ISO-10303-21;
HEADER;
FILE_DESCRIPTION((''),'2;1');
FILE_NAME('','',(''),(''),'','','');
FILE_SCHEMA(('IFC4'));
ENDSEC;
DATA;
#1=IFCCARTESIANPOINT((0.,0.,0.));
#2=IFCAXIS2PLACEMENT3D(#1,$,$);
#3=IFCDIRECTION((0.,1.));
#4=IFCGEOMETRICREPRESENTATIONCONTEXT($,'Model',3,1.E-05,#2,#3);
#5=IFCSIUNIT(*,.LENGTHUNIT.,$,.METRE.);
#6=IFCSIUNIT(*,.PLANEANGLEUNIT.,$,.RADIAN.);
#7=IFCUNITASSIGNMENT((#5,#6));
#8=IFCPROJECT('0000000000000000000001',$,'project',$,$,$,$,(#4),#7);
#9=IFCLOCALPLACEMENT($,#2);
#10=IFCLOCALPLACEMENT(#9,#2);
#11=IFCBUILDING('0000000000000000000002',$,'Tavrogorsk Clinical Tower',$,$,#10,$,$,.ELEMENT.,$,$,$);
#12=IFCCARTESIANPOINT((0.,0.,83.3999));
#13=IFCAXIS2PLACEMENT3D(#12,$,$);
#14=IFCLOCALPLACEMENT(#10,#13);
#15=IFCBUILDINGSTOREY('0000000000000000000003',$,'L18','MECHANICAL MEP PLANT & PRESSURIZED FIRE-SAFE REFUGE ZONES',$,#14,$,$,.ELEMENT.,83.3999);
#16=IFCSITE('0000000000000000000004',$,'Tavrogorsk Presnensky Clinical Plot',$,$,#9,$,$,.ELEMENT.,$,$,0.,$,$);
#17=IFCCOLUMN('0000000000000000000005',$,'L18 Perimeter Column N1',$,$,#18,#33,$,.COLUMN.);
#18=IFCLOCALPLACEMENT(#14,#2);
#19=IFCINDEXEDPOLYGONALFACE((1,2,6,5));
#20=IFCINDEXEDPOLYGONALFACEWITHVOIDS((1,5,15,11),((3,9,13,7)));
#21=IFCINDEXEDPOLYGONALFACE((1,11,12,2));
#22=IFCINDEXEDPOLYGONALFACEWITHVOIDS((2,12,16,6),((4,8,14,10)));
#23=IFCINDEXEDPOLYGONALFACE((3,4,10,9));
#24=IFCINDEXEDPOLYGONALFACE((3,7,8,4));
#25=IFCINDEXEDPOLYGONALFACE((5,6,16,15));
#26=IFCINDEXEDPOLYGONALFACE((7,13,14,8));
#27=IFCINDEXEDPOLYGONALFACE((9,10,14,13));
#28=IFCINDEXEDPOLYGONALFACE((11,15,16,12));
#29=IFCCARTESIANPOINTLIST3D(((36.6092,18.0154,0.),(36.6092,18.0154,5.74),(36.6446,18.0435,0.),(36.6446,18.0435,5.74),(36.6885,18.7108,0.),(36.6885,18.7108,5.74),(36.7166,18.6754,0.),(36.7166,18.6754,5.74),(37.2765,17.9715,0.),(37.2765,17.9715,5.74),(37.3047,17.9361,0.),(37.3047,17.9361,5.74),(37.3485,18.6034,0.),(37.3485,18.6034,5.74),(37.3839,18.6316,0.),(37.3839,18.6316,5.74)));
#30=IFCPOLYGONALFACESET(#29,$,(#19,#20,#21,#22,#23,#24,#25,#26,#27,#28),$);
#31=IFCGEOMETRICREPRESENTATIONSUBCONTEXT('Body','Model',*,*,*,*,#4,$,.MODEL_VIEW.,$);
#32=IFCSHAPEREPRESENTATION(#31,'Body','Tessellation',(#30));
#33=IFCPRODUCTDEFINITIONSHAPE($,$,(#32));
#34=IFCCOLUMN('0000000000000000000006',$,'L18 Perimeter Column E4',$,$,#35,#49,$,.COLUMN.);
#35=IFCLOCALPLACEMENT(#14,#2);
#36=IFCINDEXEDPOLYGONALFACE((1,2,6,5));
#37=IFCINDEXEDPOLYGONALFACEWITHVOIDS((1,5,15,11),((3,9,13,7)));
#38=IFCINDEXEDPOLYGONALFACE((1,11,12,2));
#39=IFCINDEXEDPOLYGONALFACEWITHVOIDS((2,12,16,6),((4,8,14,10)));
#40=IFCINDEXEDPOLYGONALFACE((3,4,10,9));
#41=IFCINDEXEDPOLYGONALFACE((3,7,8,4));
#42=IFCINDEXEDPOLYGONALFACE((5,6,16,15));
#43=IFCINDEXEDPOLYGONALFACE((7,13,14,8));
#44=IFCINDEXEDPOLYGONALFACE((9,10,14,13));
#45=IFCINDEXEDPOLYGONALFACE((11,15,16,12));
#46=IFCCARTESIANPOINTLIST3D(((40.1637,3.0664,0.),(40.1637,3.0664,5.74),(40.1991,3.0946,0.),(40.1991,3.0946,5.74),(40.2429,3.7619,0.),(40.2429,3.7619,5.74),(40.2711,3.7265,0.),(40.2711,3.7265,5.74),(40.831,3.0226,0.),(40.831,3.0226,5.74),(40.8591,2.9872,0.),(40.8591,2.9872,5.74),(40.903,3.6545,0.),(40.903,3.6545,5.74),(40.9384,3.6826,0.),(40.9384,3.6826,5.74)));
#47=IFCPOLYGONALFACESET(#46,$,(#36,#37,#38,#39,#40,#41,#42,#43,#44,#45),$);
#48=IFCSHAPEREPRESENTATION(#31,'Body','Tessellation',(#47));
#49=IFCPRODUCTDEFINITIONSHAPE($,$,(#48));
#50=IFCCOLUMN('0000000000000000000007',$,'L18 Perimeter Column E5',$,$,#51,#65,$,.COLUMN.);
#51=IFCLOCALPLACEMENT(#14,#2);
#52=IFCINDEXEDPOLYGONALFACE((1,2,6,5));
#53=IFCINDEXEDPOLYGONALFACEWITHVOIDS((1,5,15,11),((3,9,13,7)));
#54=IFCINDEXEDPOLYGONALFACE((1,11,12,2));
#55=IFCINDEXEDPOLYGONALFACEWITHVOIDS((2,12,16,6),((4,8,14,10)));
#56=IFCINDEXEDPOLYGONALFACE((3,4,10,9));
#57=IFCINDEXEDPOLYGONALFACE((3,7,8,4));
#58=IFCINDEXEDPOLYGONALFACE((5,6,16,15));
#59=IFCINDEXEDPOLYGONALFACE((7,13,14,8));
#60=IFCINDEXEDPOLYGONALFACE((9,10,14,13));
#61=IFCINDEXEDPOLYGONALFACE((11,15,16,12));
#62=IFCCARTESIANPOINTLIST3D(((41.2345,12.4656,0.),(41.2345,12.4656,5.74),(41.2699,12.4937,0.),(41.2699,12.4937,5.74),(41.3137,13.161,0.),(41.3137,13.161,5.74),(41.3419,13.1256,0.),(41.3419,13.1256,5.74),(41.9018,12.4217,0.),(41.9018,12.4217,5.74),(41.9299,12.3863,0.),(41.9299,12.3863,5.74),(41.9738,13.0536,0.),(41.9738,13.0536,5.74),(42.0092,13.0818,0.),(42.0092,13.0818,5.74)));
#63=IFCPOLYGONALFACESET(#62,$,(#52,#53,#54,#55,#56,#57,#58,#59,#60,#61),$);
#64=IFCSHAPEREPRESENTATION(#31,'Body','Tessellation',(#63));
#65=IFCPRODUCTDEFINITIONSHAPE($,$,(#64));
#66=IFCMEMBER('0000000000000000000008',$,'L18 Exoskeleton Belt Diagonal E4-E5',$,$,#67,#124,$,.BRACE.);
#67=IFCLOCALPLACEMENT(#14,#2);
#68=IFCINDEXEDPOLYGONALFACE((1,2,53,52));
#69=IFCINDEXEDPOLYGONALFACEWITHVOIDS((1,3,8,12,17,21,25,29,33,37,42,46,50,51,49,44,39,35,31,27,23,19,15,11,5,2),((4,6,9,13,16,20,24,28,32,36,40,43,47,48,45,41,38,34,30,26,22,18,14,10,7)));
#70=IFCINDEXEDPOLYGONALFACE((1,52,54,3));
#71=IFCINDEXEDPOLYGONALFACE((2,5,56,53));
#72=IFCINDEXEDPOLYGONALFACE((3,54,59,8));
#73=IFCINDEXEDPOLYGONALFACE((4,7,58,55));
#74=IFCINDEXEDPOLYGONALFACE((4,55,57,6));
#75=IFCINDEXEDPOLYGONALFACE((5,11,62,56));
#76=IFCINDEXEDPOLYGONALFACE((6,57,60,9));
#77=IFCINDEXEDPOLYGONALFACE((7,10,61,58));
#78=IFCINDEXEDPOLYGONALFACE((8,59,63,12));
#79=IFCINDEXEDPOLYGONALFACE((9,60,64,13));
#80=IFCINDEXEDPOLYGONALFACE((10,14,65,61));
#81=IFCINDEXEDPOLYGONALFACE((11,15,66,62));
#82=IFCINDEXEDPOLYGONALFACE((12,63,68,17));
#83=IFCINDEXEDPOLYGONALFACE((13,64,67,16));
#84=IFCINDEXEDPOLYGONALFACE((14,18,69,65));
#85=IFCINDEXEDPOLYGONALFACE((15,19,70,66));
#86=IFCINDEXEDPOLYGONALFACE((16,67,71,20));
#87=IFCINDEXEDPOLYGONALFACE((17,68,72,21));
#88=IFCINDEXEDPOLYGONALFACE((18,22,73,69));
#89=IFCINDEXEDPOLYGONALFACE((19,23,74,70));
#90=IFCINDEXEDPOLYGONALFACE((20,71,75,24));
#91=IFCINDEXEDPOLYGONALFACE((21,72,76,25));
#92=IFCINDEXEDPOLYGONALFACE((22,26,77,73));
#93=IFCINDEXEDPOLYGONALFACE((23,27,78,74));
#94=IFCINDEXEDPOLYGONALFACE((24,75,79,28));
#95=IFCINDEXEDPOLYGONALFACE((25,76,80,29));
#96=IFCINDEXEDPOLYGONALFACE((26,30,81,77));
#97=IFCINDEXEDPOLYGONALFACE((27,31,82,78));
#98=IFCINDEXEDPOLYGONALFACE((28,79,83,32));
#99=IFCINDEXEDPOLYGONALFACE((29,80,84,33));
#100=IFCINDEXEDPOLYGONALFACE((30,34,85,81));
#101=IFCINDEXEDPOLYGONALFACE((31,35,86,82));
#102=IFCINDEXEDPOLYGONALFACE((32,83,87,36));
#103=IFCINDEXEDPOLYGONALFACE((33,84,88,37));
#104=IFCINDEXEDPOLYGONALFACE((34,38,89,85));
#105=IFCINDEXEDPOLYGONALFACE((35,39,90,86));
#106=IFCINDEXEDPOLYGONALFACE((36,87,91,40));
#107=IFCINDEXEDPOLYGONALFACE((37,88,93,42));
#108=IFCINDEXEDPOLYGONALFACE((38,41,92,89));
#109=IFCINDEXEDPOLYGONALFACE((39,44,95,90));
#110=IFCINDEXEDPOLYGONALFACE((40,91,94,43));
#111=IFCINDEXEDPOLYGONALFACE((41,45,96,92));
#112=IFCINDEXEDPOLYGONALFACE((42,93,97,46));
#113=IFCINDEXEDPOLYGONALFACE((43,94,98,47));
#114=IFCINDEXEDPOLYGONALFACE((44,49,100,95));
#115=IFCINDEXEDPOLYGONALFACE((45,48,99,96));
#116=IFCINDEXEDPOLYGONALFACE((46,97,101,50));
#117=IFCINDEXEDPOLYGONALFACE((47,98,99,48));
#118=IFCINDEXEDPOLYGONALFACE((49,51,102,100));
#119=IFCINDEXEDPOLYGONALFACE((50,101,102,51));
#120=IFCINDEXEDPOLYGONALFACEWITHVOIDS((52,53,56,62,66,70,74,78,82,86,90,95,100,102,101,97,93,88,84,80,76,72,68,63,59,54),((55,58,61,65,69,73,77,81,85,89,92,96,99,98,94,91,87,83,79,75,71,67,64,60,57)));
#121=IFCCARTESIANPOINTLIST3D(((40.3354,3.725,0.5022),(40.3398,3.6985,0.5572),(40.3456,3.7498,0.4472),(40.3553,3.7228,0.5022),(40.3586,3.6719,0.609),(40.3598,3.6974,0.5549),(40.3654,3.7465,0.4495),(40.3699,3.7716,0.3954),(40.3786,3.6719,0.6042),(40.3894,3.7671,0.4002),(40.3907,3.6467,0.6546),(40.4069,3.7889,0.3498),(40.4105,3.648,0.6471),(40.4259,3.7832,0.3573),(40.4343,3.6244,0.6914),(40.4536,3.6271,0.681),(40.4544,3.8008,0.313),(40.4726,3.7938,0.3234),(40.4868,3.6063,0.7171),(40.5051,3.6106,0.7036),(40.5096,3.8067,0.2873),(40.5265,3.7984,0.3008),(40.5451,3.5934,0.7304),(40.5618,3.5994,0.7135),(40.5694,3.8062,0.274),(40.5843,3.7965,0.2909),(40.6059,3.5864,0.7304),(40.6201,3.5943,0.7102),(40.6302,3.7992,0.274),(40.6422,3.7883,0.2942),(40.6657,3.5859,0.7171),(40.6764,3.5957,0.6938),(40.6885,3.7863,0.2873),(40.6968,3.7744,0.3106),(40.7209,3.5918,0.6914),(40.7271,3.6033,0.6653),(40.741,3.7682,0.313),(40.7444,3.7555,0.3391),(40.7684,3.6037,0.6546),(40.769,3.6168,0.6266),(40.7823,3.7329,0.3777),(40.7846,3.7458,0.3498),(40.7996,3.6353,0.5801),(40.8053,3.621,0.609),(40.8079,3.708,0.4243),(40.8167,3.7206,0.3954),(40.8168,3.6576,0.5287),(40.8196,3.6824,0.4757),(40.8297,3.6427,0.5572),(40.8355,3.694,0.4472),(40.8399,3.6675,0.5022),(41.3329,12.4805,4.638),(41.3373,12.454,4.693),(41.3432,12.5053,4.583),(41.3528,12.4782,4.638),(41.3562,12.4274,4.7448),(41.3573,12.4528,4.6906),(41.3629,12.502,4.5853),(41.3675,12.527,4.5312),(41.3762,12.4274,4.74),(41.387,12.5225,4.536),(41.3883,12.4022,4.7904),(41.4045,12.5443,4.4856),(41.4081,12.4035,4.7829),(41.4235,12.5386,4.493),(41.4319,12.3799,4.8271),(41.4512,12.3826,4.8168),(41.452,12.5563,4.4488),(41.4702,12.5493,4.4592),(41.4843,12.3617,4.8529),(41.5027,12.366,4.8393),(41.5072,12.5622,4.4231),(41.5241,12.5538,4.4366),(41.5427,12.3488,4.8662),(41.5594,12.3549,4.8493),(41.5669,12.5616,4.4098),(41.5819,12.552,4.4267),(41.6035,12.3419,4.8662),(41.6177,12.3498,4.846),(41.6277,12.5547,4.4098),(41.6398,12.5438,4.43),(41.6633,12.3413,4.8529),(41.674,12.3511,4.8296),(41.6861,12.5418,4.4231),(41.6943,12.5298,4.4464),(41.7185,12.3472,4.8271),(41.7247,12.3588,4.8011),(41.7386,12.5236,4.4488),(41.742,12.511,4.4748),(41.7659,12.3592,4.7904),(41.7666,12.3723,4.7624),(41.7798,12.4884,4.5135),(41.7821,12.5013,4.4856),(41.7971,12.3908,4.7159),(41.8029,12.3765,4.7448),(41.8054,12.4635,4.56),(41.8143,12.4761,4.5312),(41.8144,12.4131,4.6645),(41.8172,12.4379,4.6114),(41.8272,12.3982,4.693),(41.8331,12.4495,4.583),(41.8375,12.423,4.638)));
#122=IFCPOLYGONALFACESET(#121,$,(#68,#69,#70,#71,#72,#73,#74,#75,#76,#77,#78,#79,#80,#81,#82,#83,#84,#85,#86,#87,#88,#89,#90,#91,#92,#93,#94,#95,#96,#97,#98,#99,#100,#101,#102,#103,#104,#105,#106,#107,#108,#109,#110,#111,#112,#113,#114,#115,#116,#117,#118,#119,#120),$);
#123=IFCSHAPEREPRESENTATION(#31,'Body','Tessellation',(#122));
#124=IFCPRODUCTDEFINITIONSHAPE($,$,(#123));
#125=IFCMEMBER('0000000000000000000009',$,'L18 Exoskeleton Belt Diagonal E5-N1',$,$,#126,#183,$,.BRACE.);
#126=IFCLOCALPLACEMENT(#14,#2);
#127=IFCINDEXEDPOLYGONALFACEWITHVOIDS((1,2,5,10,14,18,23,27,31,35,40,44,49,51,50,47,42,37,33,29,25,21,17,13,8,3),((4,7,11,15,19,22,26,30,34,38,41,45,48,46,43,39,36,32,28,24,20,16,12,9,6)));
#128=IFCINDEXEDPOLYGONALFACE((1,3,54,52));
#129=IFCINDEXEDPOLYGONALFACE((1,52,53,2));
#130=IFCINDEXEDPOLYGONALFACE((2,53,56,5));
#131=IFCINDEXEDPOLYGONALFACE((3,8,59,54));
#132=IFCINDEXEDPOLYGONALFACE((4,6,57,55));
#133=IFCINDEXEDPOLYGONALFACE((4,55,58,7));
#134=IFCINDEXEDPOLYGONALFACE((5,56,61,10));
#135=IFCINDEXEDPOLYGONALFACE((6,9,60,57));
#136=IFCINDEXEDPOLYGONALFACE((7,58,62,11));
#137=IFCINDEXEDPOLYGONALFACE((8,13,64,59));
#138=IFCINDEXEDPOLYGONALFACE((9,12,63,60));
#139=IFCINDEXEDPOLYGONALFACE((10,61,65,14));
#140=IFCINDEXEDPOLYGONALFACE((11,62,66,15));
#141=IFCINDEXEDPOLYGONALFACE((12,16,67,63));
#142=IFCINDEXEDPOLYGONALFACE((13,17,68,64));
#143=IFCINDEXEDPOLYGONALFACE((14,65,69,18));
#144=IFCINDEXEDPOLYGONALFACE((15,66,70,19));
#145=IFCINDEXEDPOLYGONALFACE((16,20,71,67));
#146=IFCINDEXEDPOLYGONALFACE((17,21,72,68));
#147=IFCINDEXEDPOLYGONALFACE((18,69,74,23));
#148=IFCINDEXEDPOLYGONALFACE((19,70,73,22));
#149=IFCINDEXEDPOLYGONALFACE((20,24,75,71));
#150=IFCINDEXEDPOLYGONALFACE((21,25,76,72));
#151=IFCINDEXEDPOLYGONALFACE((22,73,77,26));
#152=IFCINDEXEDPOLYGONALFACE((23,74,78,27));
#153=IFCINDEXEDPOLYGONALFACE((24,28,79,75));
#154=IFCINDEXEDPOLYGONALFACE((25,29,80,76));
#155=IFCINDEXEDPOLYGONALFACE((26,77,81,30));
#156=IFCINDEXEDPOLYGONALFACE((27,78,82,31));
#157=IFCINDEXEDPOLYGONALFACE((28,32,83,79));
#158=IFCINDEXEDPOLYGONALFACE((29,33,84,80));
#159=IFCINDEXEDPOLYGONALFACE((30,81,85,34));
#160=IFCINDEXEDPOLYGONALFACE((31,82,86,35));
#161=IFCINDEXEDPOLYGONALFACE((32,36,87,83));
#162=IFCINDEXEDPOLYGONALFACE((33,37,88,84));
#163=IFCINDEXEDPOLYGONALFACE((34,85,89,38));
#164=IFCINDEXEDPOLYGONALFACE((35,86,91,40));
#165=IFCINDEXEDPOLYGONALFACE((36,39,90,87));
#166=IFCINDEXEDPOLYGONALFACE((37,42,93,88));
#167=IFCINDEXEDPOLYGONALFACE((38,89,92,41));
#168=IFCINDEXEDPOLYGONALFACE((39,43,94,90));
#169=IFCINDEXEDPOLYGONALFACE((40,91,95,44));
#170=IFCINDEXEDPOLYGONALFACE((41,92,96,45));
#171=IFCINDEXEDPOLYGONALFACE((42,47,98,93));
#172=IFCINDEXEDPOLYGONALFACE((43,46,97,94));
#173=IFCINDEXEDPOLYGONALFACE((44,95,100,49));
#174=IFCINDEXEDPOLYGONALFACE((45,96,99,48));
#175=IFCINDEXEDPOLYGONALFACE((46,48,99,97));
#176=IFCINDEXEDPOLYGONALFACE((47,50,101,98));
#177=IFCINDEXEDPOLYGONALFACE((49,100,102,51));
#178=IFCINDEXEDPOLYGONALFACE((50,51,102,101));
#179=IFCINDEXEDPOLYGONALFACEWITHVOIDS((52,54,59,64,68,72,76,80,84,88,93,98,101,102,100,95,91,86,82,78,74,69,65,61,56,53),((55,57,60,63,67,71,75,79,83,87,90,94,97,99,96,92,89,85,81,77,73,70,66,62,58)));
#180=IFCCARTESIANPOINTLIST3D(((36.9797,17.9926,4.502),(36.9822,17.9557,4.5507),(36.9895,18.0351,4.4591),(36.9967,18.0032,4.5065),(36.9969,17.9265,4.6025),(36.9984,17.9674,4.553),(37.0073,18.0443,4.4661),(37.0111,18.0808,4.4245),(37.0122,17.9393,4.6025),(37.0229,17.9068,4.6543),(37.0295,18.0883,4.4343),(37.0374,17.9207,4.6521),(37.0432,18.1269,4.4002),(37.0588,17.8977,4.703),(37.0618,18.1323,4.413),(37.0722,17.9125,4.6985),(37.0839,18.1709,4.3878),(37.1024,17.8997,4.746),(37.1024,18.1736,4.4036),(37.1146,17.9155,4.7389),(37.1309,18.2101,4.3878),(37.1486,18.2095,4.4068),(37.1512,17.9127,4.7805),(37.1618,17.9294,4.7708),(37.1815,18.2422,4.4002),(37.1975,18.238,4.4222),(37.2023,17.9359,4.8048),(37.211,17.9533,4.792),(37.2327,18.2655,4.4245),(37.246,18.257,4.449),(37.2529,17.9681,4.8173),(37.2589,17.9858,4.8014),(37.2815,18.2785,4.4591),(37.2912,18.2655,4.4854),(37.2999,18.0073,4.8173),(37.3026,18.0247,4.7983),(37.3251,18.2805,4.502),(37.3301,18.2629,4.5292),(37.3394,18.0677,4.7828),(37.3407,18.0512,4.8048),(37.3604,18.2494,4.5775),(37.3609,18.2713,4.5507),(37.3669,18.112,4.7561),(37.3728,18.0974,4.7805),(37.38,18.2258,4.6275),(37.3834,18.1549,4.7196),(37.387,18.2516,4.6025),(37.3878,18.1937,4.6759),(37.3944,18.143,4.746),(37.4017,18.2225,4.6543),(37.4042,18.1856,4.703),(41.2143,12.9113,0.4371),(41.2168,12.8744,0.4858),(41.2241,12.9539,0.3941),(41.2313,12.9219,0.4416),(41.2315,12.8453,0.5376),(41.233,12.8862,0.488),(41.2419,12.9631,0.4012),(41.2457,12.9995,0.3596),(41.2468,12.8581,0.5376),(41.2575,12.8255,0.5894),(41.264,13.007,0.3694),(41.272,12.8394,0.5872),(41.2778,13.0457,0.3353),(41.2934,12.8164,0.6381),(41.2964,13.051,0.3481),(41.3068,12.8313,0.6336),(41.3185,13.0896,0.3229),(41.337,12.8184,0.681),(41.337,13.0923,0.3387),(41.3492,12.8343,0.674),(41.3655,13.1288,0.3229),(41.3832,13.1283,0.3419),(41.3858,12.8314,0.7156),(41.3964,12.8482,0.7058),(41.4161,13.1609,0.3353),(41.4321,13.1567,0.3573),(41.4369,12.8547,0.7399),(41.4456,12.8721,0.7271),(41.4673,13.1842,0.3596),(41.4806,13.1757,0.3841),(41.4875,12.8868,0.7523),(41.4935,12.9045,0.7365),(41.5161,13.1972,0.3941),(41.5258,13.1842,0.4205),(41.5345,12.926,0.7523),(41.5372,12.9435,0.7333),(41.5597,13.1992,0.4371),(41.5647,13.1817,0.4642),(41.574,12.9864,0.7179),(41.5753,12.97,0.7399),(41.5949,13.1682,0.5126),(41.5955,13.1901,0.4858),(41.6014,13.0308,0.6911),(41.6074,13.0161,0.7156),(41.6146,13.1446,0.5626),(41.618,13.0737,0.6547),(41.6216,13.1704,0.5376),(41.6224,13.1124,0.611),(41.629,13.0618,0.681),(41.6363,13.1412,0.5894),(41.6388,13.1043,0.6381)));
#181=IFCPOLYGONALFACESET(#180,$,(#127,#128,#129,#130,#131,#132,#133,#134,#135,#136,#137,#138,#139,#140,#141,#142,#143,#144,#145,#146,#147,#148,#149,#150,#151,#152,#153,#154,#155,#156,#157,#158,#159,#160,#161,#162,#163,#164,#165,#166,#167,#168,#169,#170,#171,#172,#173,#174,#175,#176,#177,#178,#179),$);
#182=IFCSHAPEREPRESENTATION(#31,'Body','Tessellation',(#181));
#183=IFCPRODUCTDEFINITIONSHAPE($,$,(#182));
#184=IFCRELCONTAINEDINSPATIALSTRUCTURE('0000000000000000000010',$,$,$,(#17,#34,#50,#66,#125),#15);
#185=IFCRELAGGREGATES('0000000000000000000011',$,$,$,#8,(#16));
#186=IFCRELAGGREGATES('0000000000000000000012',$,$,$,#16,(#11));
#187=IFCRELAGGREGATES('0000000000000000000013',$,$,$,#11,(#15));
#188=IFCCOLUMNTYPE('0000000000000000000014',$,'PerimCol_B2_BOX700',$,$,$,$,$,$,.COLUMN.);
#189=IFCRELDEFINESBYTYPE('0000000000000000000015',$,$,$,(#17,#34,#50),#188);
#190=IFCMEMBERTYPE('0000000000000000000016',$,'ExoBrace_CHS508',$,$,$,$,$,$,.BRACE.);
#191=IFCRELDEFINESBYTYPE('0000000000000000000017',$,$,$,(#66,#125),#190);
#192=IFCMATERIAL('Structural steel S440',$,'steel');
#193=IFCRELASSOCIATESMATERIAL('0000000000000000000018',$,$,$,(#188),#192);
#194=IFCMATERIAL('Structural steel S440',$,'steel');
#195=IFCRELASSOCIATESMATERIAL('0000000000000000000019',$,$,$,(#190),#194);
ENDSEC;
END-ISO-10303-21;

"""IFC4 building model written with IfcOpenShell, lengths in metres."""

from ifc_helpers import new_model, si_unit, direction, frame, origin, origin_2d, place, context, subcontext, project, spatial, hollow_rectangle, hollow_circle, extrude, material, material_profile, profile_set, type_object, element, save


model = new_model("IFC4")

# Units and contexts
model_context = context("Model", 3, precision=1e-05, world=origin(), true_north=direction((0.0, 1.0)))
body_context = subcontext(model_context, "Body", "Model", "MODEL_VIEW")
ifc_project = project(units=[si_unit("LENGTHUNIT", "METRE"), si_unit("PLANEANGLEUNIT", "RADIAN")], contexts=[model_context])

# Site, building, storey
site_placement = place(None, origin())
site = spatial("IfcSite", under=ifc_project, at=site_placement, Name="Tavrogorsk Presnensky Clinical Plot", CompositionType="ELEMENT", RefElevation=0.0)
building_placement = place(site_placement, origin())
building = spatial("IfcBuilding", under=site, at=building_placement, Name="Tavrogorsk Clinical Tower", CompositionType="ELEMENT")
storey_placement = place(building_placement, frame((0.0, 0.0, 83.3999)))
storey = spatial("IfcBuildingStorey", under=building, at=storey_placement, Name="L18", Description="MECHANICAL MEP PLANT & PRESSURIZED FIRE-SAFE REFUGE ZONES", CompositionType="ELEMENT", Elevation=83.3999)

# Columns
ifc_material_1 = material(Name="Structural steel S440", Category="steel")
ifc_material_profile_1 = material_profile(ifc_material_1, hollow_rectangle(XDim=0.7, YDim=0.7, WallThickness=0.032, at=origin_2d()), Name="BOX-700x700x32")
ifc_profile_set_1 = profile_set([ifc_material_profile_1], Name="Structural steel S440")
column_type = type_object("IfcColumnType", Name="PerimCol_B2_BOX700", PredefinedType="COLUMN", material=ifc_profile_set_1)
for number, where, z_axis, x_axis, name in (
    (1, (36.9966, 18.3235, 0.0), (0.0, 0.0, 1.0), (0.993572, -0.113203, 0.0), "L18 Perimeter Column N1"),
    (2, (40.551, 3.3745, 0.0), (0.0, 0.0, 1.0), (0.993572, -0.113203, 0.0), "L18 Perimeter Column E4"),
    (3, (41.6218, 12.7737, 0.0), (0.0, 0.0, 1.0), (0.993572, -0.113203, 0.0), "L18 Perimeter Column E5"),
):
    element("IfcColumn", number, at=place(storey_placement, frame(where, z_axis=z_axis, x_axis=x_axis)), inside=storey, type_object=column_type, Name=name, PredefinedType="COLUMN", context=body_context, shape_type="SweptSolid", body=[
        extrude(hollow_rectangle(XDim=0.7, YDim=0.7, WallThickness=0.032, at=origin_2d()), origin(), (0.0, 0.0, 1.0), 5.74),
    ])

# Members
ifc_material_2 = material(Name="Structural steel S440", Category="steel")
ifc_material_profile_2 = material_profile(ifc_material_2, hollow_circle(Radius=0.2539, WallThickness=0.02, at=origin_2d()), Name="CHS-508x20")
ifc_profile_set_2 = profile_set([ifc_material_profile_2], Name="Structural steel S440")
member_type_1 = type_object("IfcMemberType", Name="ExoBrace_CHS508", PredefinedType="BRACE", material=ifc_profile_set_2)
member_1_placement = place(storey_placement, frame((40.5876, 3.6963, 0.5022), z_axis=(0.102479, 0.899438, 0.424864), x_axis=(-0.993572, 0.113204, 0.0)))
element("IfcMember", 4, at=member_1_placement, inside=storey, type_object=member_type_1, Name="L18 Exoskeleton Belt Diagonal E4-E5", PredefinedType="BRACE", context=body_context, shape_type="SweptSolid", body=[
    extrude(hollow_circle(Radius=0.2539, WallThickness=0.02, at=origin_2d()), origin(), (0.0, 0.0, 1.0), 9.7344),
])
member_2_placement = place(storey_placement, frame((41.4265, 13.0078, 0.5376), z_axis=(-0.545437, 0.654493, 0.523582), x_axis=(-0.768206, -0.640203, 0.0)))
element("IfcMember", 5, at=member_2_placement, inside=storey, type_object=member_type_1, Name="L18 Exoskeleton Belt Diagonal E5-N1", PredefinedType="BRACE", context=body_context, shape_type="SweptSolid", body=[
    extrude(hollow_circle(Radius=0.2539, WallThickness=0.02, at=origin_2d()), origin(), (0.0, 0.0, 1.0), 7.7637),
])

save(model, "model.ifc")
